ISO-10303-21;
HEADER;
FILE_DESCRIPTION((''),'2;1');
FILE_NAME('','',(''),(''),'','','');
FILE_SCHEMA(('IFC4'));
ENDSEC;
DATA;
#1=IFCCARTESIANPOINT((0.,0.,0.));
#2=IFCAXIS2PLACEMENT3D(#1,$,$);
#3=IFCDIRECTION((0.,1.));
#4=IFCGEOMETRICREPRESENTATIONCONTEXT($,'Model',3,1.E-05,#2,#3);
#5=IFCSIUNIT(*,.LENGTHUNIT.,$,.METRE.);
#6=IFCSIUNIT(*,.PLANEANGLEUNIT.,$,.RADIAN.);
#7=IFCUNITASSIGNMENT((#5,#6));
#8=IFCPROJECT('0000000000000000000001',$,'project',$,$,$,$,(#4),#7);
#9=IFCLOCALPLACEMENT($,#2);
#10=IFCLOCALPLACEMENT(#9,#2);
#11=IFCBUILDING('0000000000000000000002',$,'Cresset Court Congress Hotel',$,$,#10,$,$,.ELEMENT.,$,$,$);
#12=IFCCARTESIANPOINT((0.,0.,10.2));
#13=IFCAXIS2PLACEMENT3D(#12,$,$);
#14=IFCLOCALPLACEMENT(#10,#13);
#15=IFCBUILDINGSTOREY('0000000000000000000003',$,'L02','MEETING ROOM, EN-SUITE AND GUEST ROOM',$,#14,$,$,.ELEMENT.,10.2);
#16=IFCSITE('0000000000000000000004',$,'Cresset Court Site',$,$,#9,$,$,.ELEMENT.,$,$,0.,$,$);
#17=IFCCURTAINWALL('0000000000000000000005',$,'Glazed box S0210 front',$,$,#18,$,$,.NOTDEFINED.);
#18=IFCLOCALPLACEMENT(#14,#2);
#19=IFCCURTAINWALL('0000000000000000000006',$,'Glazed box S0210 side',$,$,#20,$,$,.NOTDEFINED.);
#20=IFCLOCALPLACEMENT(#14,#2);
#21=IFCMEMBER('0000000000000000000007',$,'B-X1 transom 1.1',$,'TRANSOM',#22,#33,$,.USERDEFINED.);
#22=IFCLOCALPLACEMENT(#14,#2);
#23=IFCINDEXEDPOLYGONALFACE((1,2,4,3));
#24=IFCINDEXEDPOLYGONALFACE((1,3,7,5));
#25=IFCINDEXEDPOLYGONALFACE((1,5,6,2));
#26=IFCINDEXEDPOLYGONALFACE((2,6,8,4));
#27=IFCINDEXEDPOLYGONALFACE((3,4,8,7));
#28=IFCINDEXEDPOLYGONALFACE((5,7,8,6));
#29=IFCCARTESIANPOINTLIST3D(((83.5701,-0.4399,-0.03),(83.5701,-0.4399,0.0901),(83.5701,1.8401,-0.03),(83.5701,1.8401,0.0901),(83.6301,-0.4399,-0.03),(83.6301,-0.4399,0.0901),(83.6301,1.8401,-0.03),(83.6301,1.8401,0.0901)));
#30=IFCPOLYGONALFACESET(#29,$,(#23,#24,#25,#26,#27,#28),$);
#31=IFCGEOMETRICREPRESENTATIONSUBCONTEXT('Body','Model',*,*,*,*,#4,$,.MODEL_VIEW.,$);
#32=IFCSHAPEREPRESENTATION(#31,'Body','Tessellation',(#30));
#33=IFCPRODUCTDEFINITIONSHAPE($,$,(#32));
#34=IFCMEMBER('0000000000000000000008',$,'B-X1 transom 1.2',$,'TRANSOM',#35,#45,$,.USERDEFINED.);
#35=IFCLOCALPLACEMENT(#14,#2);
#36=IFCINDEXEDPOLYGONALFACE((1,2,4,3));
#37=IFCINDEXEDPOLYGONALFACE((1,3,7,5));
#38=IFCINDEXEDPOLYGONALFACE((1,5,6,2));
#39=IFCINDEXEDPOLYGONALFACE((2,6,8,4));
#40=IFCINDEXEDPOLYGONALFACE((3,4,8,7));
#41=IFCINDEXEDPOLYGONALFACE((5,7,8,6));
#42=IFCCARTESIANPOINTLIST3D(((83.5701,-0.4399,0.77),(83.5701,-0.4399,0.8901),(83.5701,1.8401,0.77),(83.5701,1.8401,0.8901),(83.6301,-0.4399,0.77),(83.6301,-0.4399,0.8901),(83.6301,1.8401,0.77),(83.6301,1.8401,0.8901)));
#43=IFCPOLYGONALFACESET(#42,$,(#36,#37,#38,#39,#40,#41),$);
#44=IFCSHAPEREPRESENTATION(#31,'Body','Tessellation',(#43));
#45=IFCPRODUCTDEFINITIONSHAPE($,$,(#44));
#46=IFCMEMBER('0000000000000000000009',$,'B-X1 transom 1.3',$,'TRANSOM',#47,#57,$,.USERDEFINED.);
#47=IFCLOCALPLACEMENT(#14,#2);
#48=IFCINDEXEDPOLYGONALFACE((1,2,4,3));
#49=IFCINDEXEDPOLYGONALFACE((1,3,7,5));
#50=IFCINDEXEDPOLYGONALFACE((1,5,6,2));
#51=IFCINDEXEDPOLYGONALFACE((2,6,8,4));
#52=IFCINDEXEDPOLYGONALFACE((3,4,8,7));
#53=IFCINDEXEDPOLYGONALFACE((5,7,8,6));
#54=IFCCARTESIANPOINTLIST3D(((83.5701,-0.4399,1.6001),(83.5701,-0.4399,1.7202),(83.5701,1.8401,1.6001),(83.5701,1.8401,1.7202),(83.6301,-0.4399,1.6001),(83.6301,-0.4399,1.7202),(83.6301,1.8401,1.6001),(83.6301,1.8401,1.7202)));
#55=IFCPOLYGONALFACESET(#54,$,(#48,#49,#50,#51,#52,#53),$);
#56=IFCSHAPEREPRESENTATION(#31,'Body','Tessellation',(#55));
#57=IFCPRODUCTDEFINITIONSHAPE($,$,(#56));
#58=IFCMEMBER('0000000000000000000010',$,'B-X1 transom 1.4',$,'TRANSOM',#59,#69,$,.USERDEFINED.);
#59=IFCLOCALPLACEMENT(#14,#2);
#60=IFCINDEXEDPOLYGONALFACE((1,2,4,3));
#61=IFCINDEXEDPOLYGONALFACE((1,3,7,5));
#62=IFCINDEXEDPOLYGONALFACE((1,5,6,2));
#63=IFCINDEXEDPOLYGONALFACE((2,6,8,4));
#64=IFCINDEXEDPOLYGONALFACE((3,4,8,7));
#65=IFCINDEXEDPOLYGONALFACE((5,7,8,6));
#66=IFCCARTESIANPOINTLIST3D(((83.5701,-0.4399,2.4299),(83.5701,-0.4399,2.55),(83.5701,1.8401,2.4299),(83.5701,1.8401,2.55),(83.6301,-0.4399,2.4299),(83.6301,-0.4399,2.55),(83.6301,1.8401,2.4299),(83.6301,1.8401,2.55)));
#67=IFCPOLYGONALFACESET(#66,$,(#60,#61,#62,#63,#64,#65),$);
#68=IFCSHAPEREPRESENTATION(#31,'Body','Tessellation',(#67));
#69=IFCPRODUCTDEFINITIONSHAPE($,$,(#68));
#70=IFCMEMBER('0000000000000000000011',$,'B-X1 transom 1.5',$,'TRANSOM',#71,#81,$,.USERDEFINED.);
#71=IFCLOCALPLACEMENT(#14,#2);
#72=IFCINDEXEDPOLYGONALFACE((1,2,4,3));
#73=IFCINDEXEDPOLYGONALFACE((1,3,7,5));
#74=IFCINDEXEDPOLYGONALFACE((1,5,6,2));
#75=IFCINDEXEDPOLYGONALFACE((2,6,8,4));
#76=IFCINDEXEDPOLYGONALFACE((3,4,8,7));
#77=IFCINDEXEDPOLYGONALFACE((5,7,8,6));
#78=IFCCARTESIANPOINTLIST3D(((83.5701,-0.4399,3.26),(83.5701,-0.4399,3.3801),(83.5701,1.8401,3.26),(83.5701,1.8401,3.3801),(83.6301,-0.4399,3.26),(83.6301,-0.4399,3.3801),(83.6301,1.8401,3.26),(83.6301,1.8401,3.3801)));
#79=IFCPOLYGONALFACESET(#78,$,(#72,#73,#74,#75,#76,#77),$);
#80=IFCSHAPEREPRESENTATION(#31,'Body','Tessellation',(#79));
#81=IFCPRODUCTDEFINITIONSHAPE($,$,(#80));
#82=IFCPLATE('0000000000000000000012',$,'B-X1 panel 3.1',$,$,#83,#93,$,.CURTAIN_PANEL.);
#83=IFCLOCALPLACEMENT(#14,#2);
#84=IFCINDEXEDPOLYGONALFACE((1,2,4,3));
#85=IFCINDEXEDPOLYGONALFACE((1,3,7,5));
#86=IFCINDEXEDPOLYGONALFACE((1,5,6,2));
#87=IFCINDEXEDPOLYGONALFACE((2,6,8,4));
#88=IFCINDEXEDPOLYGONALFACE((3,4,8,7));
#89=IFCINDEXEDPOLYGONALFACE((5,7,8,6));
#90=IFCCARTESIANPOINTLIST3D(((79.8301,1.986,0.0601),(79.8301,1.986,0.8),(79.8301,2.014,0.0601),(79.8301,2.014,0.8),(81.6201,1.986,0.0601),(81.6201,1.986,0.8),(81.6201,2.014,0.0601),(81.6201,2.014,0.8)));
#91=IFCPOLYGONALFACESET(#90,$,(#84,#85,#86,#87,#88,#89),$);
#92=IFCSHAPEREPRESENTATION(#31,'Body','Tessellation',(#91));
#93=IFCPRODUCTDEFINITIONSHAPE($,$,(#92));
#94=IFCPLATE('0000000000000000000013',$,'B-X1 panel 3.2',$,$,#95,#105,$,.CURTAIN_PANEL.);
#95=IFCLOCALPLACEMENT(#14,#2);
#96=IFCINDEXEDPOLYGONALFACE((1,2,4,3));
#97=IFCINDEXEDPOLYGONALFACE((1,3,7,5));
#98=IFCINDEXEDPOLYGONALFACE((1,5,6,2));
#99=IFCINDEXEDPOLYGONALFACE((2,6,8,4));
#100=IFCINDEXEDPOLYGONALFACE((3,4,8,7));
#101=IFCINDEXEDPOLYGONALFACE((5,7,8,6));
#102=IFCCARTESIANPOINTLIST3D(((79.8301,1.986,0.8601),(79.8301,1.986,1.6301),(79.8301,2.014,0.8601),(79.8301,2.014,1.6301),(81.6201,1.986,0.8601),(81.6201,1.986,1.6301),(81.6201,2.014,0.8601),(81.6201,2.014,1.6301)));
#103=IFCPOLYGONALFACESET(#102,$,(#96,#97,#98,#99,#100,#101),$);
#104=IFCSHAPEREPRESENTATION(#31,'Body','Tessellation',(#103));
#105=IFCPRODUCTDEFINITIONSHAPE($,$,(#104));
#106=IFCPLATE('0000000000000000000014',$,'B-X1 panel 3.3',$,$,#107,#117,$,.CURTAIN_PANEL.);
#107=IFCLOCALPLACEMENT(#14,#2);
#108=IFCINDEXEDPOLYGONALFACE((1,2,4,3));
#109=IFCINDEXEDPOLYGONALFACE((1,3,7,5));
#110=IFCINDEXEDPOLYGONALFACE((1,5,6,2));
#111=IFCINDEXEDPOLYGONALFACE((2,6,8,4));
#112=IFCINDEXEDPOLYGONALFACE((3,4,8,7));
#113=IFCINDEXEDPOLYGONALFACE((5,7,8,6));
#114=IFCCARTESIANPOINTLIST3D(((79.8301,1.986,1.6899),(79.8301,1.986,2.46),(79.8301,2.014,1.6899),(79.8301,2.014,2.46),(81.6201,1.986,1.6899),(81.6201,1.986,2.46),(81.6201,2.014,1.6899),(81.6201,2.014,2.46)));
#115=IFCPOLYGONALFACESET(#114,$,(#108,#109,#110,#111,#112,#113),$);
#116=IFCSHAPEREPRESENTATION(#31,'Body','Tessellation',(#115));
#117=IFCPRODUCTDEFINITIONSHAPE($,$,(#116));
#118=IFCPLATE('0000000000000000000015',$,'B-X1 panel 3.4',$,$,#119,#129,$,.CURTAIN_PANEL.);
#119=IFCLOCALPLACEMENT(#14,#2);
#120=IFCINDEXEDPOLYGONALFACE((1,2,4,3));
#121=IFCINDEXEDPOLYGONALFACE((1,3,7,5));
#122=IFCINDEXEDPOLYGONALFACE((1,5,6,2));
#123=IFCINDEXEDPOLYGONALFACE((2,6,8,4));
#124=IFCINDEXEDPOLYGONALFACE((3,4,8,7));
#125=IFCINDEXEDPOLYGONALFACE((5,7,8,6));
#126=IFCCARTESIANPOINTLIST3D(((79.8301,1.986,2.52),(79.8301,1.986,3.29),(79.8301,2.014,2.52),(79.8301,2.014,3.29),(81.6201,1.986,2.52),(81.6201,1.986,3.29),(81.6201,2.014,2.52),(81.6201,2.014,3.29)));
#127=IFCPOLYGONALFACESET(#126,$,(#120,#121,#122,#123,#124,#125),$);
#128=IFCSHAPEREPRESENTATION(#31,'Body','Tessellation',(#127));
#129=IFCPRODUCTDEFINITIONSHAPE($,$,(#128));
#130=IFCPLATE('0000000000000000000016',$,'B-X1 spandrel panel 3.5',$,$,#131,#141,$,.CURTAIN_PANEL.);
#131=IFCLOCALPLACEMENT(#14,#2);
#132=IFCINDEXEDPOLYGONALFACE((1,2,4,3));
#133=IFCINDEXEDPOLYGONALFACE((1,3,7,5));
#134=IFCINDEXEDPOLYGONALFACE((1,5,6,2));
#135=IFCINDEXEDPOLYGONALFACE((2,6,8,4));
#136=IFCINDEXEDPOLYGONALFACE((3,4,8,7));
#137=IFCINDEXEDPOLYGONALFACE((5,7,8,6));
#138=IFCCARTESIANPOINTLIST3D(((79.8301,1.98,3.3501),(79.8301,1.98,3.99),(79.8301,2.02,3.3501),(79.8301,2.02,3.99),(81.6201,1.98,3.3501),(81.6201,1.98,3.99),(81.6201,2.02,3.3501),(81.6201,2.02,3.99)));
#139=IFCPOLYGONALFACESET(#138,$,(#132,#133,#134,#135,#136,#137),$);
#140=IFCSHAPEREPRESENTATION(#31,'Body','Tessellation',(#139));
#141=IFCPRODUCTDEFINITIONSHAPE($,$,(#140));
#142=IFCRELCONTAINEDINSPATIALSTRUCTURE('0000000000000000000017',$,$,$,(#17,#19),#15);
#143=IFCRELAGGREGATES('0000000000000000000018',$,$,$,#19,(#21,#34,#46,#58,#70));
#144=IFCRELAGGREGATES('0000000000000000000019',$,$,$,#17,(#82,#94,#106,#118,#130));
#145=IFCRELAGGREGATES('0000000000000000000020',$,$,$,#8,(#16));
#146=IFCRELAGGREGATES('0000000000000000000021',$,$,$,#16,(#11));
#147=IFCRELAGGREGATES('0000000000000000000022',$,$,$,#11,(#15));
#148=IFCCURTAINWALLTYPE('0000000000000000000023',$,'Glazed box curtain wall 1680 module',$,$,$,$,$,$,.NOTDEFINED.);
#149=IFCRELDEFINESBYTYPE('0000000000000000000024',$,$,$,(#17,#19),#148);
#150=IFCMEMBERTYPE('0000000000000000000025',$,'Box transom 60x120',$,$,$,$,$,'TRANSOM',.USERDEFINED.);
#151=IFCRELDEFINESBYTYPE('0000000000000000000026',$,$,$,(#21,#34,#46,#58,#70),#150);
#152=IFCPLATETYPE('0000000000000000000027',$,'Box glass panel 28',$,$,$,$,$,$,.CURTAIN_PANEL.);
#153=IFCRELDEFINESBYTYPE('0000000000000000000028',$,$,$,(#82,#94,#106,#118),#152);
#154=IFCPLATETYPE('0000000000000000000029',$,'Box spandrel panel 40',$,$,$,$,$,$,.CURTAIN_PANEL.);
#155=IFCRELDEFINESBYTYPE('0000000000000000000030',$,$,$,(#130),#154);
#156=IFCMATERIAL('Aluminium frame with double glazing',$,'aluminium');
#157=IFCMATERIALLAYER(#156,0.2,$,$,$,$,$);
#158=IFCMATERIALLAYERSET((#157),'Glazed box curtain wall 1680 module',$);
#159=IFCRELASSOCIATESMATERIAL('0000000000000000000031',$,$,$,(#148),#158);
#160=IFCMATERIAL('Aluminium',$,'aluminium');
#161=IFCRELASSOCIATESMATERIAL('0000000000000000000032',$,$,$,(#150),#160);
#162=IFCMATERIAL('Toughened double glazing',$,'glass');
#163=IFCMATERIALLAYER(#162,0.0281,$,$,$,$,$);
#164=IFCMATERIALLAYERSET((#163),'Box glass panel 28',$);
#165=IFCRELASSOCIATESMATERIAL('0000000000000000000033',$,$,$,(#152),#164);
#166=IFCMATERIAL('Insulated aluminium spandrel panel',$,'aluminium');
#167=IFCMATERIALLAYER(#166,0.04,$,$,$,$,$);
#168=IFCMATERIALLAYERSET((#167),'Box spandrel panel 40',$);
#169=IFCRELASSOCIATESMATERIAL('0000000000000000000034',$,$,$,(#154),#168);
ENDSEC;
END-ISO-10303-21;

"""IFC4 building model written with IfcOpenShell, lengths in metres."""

from ifc_helpers import new_model, si_unit, direction, frame, origin, origin_2d, place, context, subcontext, project, spatial, rectangle, extrude, material, layer, layer_set, material_profile, profile_set, type_object, element, aggregate, save


model = new_model("IFC4")

# Units and contexts
model_context = context("Model", 3, precision=1e-05, world=origin(), true_north=direction((0.0, 1.0)))
body_context = subcontext(model_context, "Body", "Model", "MODEL_VIEW")
ifc_project = project(units=[si_unit("LENGTHUNIT", "METRE"), si_unit("PLANEANGLEUNIT", "RADIAN")], contexts=[model_context])

# Site, building, storey
site_placement = place(None, origin())
site = spatial("IfcSite", under=ifc_project, at=site_placement, Name="Cresset Court Site", CompositionType="ELEMENT", RefElevation=0.0)
building_placement = place(site_placement, origin())
building = spatial("IfcBuilding", under=site, at=building_placement, Name="Cresset Court Congress Hotel", CompositionType="ELEMENT")
storey_placement = place(building_placement, frame((0.0, 0.0, 10.2)))
storey = spatial("IfcBuildingStorey", under=building, at=storey_placement, Name="L02", Description="MEETING ROOM, EN-SUITE AND GUEST ROOM", CompositionType="ELEMENT", Elevation=10.2)

# Curtain walls
ifc_material_1 = material(Name="Aluminium frame with double glazing", Category="aluminium")
ifc_layer_1 = layer(ifc_material_1, 0.2)
ifc_layer_set_1 = layer_set([ifc_layer_1], Name="Glazed box curtain wall 1680 module")
curtain_wall_type = type_object("IfcCurtainWallType", Name="Glazed box curtain wall 1680 module", PredefinedType="NOTDEFINED", material=ifc_layer_set_1)
curtain_wall_1_placement = place(storey_placement, origin())
curtain_wall_1 = element("IfcCurtainWall", 1, at=curtain_wall_1_placement, inside=storey, type_object=curtain_wall_type, Name="Glazed box S0210 front", PredefinedType="NOTDEFINED")
curtain_wall_2_placement = place(storey_placement, origin())
curtain_wall_2 = element("IfcCurtainWall", 2, at=curtain_wall_2_placement, inside=storey, type_object=curtain_wall_type, Name="Glazed box S0210 side", PredefinedType="NOTDEFINED")

# Members
ifc_material_2 = material(Name="Aluminium", Category="aluminium")
ifc_material_profile_1 = material_profile(ifc_material_2, rectangle(XDim=0.0601, YDim=0.1201, at=origin_2d()), Name="Box transom 60x120")
ifc_profile_set_1 = profile_set([ifc_material_profile_1], Name="Aluminium")
member_type_1 = type_object("IfcMemberType", Name="Box transom 60x120", ElementType="TRANSOM", PredefinedType="USERDEFINED", material=ifc_profile_set_1)
member_1_placement = place(storey_placement, frame((83.6001, -0.4399, 0.03), z_axis=(0.0, 1.0, 0.0), x_axis=(-1.0, 0.0, 0.0)))
member_1 = element("IfcMember", 3, at=member_1_placement, type_object=member_type_1, Name="B-X1 transom 1.1", ObjectType="TRANSOM", PredefinedType="USERDEFINED", context=body_context, shape_type="SweptSolid", body=[
    extrude(rectangle(XDim=0.0601, YDim=0.1201, at=origin_2d()), origin(), (0.0, 0.0, 1.0), 2.28),
])
member_2_placement = place(storey_placement, frame((83.6001, -0.4399, 0.8301), z_axis=(0.0, 1.0, 0.0), x_axis=(-1.0, 0.0, 0.0)))
member_2 = element("IfcMember", 4, at=member_2_placement, type_object=member_type_1, Name="B-X1 transom 1.2", ObjectType="TRANSOM", PredefinedType="USERDEFINED", context=body_context, shape_type="SweptSolid", body=[
    extrude(rectangle(XDim=0.0601, YDim=0.1201, at=origin_2d()), origin(), (0.0, 0.0, 1.0), 2.28),
])
member_3_placement = place(storey_placement, frame((83.6001, -0.4399, 1.6602), z_axis=(0.0, 1.0, 0.0), x_axis=(-1.0, 0.0, 0.0)))
member_3 = element("IfcMember", 5, at=member_3_placement, type_object=member_type_1, Name="B-X1 transom 1.3", ObjectType="TRANSOM", PredefinedType="USERDEFINED", context=body_context, shape_type="SweptSolid", body=[
    extrude(rectangle(XDim=0.0601, YDim=0.1201, at=origin_2d()), origin(), (0.0, 0.0, 1.0), 2.28),
])
member_4_placement = place(storey_placement, frame((83.6001, -0.4399, 2.49), z_axis=(0.0, 1.0, 0.0), x_axis=(-1.0, 0.0, 0.0)))
member_4 = element("IfcMember", 6, at=member_4_placement, type_object=member_type_1, Name="B-X1 transom 1.4", ObjectType="TRANSOM", PredefinedType="USERDEFINED", context=body_context, shape_type="SweptSolid", body=[
    extrude(rectangle(XDim=0.0601, YDim=0.1201, at=origin_2d()), origin(), (0.0, 0.0, 1.0), 2.28),
])
member_5_placement = place(storey_placement, frame((83.6001, -0.4399, 3.3201), z_axis=(0.0, 1.0, 0.0), x_axis=(-1.0, 0.0, 0.0)))
member_5 = element("IfcMember", 7, at=member_5_placement, type_object=member_type_1, Name="B-X1 transom 1.5", ObjectType="TRANSOM", PredefinedType="USERDEFINED", context=body_context, shape_type="SweptSolid", body=[
    extrude(rectangle(XDim=0.0601, YDim=0.1201, at=origin_2d()), origin(), (0.0, 0.0, 1.0), 2.28),
])
aggregate(curtain_wall_2, [member_1, member_2, member_3, member_4, member_5])

# Plates
ifc_material_3 = material(Name="Toughened double glazing", Category="glass")
ifc_layer_2 = layer(ifc_material_3, 0.0281)
ifc_layer_set_2 = layer_set([ifc_layer_2], Name="Box glass panel 28")
plate_type_1 = type_object("IfcPlateType", Name="Box glass panel 28", PredefinedType="CURTAIN_PANEL", material=ifc_layer_set_2)
plate_1_placement = place(storey_placement, frame((80.7251, 2.0, 0.0601), z_axis=(0.0, 0.0, 1.0), x_axis=(1.0, 0.0, 0.0)))
plate_1 = element("IfcPlate", 8, at=plate_1_placement, type_object=plate_type_1, Name="B-X1 panel 3.1", PredefinedType="CURTAIN_PANEL", context=body_context, shape_type="SweptSolid", body=[
    extrude(rectangle(XDim=1.79, YDim=0.0281, at=origin_2d()), origin(), (0.0, 0.0, 1.0), 0.74),
])
plate_2_placement = place(storey_placement, frame((80.7251, 2.0, 0.8601), z_axis=(0.0, 0.0, 1.0), x_axis=(1.0, 0.0, 0.0)))
plate_2 = element("IfcPlate", 9, at=plate_2_placement, type_object=plate_type_1, Name="B-X1 panel 3.2", PredefinedType="CURTAIN_PANEL", context=body_context, shape_type="SweptSolid", body=[
    extrude(rectangle(XDim=1.79, YDim=0.0281, at=origin_2d()), origin(), (0.0, 0.0, 1.0), 0.77),
])
plate_3_placement = place(storey_placement, frame((80.7251, 2.0, 1.6899), z_axis=(0.0, 0.0, 1.0), x_axis=(1.0, 0.0, 0.0)))
plate_3 = element("IfcPlate", 10, at=plate_3_placement, type_object=plate_type_1, Name="B-X1 panel 3.3", PredefinedType="CURTAIN_PANEL", context=body_context, shape_type="SweptSolid", body=[
    extrude(rectangle(XDim=1.79, YDim=0.0281, at=origin_2d()), origin(), (0.0, 0.0, 1.0), 0.77),
])
plate_4_placement = place(storey_placement, frame((80.7251, 2.0, 2.52), z_axis=(0.0, 0.0, 1.0), x_axis=(1.0, 0.0, 0.0)))
plate_4 = element("IfcPlate", 11, at=plate_4_placement, type_object=plate_type_1, Name="B-X1 panel 3.4", PredefinedType="CURTAIN_PANEL", context=body_context, shape_type="SweptSolid", body=[
    extrude(rectangle(XDim=1.79, YDim=0.0281, at=origin_2d()), origin(), (0.0, 0.0, 1.0), 0.77),
])
ifc_material_4 = material(Name="Insulated aluminium spandrel panel", Category="aluminium")
ifc_layer_3 = layer(ifc_material_4, 0.04)
ifc_layer_set_3 = layer_set([ifc_layer_3], Name="Box spandrel panel 40")
plate_type_2 = type_object("IfcPlateType", Name="Box spandrel panel 40", PredefinedType="CURTAIN_PANEL", material=ifc_layer_set_3)
plate_5_placement = place(storey_placement, frame((80.7251, 2.0, 3.3501), z_axis=(0.0, 0.0, 1.0), x_axis=(1.0, 0.0, 0.0)))
plate_5 = element("IfcPlate", 12, at=plate_5_placement, type_object=plate_type_2, Name="B-X1 spandrel panel 3.5", PredefinedType="CURTAIN_PANEL", context=body_context, shape_type="SweptSolid", body=[
    extrude(rectangle(XDim=1.79, YDim=0.04, at=origin_2d()), origin(), (0.0, 0.0, 1.0), 0.6399),
])
aggregate(curtain_wall_1, [plate_1, plate_2, plate_3, plate_4, plate_5])

save(model, "model.ifc")
